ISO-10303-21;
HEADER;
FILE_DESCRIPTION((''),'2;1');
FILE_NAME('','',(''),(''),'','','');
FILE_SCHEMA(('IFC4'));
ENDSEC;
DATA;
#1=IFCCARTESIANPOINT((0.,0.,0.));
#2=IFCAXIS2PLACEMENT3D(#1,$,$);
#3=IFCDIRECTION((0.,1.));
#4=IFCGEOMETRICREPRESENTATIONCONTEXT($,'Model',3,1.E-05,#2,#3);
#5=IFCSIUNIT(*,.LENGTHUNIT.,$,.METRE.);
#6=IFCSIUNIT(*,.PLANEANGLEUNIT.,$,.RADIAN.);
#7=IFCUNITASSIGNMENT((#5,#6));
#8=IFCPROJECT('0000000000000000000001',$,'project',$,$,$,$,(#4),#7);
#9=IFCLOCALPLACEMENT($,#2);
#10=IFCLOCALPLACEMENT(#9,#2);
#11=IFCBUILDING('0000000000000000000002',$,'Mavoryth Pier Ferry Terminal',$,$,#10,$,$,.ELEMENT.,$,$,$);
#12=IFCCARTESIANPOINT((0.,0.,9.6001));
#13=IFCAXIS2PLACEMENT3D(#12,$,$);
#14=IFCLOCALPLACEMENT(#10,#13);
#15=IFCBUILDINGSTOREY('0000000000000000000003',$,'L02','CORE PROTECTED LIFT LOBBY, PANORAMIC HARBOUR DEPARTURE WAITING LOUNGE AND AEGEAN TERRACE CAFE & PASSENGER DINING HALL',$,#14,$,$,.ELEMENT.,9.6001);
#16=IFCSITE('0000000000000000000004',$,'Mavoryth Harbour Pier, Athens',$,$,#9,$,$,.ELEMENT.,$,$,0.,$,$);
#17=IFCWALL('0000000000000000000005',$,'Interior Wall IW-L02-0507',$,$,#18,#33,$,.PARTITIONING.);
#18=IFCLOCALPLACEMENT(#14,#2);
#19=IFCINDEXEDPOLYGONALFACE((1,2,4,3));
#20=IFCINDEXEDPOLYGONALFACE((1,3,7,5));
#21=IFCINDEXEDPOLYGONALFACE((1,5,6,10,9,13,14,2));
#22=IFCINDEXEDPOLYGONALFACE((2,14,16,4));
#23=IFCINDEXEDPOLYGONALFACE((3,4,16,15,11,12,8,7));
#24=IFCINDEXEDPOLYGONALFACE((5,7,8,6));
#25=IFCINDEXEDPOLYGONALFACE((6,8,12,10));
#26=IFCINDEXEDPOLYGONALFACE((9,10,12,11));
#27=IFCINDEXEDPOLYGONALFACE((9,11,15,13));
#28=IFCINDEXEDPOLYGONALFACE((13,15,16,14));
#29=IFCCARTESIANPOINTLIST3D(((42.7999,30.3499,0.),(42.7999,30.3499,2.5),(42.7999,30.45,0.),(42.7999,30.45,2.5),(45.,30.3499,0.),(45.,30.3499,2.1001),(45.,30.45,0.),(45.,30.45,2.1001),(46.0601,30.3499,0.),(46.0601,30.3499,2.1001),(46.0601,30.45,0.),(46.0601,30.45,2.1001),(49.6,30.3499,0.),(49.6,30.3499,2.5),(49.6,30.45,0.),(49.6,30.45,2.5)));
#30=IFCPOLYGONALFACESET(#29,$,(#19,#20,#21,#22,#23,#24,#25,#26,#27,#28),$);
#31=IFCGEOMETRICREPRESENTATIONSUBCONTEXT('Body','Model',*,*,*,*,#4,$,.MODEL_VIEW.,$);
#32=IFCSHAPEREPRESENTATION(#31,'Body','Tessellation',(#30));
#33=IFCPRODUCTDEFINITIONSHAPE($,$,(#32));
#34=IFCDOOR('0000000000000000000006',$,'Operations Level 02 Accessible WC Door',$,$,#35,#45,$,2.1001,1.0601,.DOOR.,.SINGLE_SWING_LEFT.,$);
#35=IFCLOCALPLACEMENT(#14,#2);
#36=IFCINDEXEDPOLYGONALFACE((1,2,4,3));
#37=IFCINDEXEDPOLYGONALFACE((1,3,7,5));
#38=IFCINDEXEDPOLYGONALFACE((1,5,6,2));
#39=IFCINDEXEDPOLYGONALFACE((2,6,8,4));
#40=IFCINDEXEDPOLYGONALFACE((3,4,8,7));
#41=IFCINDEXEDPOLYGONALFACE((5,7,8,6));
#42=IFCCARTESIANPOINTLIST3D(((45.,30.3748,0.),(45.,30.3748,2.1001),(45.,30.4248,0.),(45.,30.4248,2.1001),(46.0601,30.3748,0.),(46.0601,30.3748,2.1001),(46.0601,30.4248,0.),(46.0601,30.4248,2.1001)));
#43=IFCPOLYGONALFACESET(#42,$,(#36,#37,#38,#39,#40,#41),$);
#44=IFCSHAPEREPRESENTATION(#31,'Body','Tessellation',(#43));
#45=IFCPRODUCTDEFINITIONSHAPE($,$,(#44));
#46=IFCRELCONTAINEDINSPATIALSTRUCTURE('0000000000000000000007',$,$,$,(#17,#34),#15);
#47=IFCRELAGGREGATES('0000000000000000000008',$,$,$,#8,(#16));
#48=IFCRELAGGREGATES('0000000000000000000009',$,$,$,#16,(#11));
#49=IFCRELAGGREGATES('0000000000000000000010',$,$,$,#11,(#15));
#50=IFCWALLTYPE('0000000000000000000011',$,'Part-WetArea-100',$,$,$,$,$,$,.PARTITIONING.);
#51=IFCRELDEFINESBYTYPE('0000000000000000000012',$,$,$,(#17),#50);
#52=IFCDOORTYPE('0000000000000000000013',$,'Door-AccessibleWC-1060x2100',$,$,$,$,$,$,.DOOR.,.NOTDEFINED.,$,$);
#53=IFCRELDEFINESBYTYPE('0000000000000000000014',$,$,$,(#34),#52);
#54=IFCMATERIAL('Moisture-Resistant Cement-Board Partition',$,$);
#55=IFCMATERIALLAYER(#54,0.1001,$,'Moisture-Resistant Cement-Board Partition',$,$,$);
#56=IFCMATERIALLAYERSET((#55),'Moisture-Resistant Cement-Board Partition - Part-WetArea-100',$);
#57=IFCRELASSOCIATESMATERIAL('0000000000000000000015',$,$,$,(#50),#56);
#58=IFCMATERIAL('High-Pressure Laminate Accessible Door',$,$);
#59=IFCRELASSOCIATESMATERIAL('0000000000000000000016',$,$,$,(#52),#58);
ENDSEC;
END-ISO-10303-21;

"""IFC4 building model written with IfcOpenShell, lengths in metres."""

from ifc_helpers import new_model, si_unit, direction, frame, frame_2d, origin, place, context, subcontext, project, spatial, rectangle, extrude, material, layer, layer_set, type_object, element, fill, save


model = new_model("IFC4")

# Units and contexts
model_context = context("Model", 3, precision=1e-05, world=origin(), true_north=direction((0.0, 1.0)))
body_context = subcontext(model_context, "Body", "Model", "MODEL_VIEW")
ifc_project = project(units=[si_unit("LENGTHUNIT", "METRE"), si_unit("PLANEANGLEUNIT", "RADIAN")], contexts=[model_context])

# Site, building, storey
site_placement = place(None, origin())
site = spatial("IfcSite", under=ifc_project, at=site_placement, Name="Mavoryth Harbour Pier, Athens", CompositionType="ELEMENT", RefElevation=0.0)
building_placement = place(site_placement, origin())
building = spatial("IfcBuilding", under=site, at=building_placement, Name="Mavoryth Pier Ferry Terminal", CompositionType="ELEMENT")
storey_placement = place(building_placement, frame((0.0, 0.0, 9.6001)))
storey = spatial("IfcBuildingStorey", under=building, at=storey_placement, Name="L02", Description="CORE PROTECTED LIFT LOBBY, PANORAMIC HARBOUR DEPARTURE WAITING LOUNGE AND AEGEAN TERRACE CAFE & PASSENGER DINING HALL", CompositionType="ELEMENT", Elevation=9.6001)

# Wall, opening, door
ifc_material_1 = material(Name="Moisture-Resistant Cement-Board Partition")
ifc_layer_1 = layer(ifc_material_1, 0.1001, Name="Moisture-Resistant Cement-Board Partition")
ifc_layer_set_1 = layer_set([ifc_layer_1], Name="Moisture-Resistant Cement-Board Partition - Part-WetArea-100")
wall_type_1 = type_object("IfcWallType", Name="Part-WetArea-100", PredefinedType="PARTITIONING", material=ifc_layer_set_1)
wall_1_placement = place(storey_placement, frame((42.8, 30.3999, 0.0), z_axis=(0.0, 0.0, 1.0), x_axis=(1.0, 0.0, 0.0)))
wall_1 = element("IfcWall", 1, at=wall_1_placement, inside=storey, type_object=wall_type_1, Name="Interior Wall IW-L02-0507", PredefinedType="PARTITIONING", context=body_context, shape_type="SweptSolid", body=[
    extrude(rectangle(XDim=6.8, YDim=0.1001, at=frame_2d((3.3999, 0.0))), origin(), (0.0, 0.0, 1.0), 2.5),
])
opening_1_placement = place(wall_1_placement, frame((2.2, 0.0, 0.0)))
opening_1 = element("IfcOpeningElement", 2, at=opening_1_placement, cuts=wall_1, PredefinedType="OPENING", context=body_context, shape_type="SweptSolid", body=[
    extrude(rectangle(XDim=1.0601, YDim=2.1001, at=frame_2d((0.53, 1.05))), frame((0.0, 0.0601, 0.0), z_axis=(0.0, -1.0, 0.0), x_axis=(1.0, 0.0, 0.0)), (0.0, 0.0, 1.0), 0.1201),
])
ifc_material_2 = material(Name="High-Pressure Laminate Accessible Door")
door_type = type_object("IfcDoorType", Name="Door-AccessibleWC-1060x2100", OperationType="NOTDEFINED", PredefinedType="DOOR", material=ifc_material_2)
door_placement = place(opening_1_placement, origin())
door = element("IfcDoor", 3, at=door_placement, inside=storey, type_object=door_type, Name="Operations Level 02 Accessible WC Door", OperationType="SINGLE_SWING_LEFT", OverallHeight=2.1001, OverallWidth=1.0601, PredefinedType="DOOR", context=body_context, shape_type="SweptSolid", body=[
    extrude(rectangle(XDim=1.0601, YDim=2.1001, at=frame_2d((0.53, 1.05))), frame((0.0, 0.0249, 0.0), z_axis=(0.0, -1.0, 0.0), x_axis=(1.0, 0.0, 0.0)), (0.0, 0.0, 1.0), 0.05),
])
fill(opening_1, door)

save(model, "model.ifc")
